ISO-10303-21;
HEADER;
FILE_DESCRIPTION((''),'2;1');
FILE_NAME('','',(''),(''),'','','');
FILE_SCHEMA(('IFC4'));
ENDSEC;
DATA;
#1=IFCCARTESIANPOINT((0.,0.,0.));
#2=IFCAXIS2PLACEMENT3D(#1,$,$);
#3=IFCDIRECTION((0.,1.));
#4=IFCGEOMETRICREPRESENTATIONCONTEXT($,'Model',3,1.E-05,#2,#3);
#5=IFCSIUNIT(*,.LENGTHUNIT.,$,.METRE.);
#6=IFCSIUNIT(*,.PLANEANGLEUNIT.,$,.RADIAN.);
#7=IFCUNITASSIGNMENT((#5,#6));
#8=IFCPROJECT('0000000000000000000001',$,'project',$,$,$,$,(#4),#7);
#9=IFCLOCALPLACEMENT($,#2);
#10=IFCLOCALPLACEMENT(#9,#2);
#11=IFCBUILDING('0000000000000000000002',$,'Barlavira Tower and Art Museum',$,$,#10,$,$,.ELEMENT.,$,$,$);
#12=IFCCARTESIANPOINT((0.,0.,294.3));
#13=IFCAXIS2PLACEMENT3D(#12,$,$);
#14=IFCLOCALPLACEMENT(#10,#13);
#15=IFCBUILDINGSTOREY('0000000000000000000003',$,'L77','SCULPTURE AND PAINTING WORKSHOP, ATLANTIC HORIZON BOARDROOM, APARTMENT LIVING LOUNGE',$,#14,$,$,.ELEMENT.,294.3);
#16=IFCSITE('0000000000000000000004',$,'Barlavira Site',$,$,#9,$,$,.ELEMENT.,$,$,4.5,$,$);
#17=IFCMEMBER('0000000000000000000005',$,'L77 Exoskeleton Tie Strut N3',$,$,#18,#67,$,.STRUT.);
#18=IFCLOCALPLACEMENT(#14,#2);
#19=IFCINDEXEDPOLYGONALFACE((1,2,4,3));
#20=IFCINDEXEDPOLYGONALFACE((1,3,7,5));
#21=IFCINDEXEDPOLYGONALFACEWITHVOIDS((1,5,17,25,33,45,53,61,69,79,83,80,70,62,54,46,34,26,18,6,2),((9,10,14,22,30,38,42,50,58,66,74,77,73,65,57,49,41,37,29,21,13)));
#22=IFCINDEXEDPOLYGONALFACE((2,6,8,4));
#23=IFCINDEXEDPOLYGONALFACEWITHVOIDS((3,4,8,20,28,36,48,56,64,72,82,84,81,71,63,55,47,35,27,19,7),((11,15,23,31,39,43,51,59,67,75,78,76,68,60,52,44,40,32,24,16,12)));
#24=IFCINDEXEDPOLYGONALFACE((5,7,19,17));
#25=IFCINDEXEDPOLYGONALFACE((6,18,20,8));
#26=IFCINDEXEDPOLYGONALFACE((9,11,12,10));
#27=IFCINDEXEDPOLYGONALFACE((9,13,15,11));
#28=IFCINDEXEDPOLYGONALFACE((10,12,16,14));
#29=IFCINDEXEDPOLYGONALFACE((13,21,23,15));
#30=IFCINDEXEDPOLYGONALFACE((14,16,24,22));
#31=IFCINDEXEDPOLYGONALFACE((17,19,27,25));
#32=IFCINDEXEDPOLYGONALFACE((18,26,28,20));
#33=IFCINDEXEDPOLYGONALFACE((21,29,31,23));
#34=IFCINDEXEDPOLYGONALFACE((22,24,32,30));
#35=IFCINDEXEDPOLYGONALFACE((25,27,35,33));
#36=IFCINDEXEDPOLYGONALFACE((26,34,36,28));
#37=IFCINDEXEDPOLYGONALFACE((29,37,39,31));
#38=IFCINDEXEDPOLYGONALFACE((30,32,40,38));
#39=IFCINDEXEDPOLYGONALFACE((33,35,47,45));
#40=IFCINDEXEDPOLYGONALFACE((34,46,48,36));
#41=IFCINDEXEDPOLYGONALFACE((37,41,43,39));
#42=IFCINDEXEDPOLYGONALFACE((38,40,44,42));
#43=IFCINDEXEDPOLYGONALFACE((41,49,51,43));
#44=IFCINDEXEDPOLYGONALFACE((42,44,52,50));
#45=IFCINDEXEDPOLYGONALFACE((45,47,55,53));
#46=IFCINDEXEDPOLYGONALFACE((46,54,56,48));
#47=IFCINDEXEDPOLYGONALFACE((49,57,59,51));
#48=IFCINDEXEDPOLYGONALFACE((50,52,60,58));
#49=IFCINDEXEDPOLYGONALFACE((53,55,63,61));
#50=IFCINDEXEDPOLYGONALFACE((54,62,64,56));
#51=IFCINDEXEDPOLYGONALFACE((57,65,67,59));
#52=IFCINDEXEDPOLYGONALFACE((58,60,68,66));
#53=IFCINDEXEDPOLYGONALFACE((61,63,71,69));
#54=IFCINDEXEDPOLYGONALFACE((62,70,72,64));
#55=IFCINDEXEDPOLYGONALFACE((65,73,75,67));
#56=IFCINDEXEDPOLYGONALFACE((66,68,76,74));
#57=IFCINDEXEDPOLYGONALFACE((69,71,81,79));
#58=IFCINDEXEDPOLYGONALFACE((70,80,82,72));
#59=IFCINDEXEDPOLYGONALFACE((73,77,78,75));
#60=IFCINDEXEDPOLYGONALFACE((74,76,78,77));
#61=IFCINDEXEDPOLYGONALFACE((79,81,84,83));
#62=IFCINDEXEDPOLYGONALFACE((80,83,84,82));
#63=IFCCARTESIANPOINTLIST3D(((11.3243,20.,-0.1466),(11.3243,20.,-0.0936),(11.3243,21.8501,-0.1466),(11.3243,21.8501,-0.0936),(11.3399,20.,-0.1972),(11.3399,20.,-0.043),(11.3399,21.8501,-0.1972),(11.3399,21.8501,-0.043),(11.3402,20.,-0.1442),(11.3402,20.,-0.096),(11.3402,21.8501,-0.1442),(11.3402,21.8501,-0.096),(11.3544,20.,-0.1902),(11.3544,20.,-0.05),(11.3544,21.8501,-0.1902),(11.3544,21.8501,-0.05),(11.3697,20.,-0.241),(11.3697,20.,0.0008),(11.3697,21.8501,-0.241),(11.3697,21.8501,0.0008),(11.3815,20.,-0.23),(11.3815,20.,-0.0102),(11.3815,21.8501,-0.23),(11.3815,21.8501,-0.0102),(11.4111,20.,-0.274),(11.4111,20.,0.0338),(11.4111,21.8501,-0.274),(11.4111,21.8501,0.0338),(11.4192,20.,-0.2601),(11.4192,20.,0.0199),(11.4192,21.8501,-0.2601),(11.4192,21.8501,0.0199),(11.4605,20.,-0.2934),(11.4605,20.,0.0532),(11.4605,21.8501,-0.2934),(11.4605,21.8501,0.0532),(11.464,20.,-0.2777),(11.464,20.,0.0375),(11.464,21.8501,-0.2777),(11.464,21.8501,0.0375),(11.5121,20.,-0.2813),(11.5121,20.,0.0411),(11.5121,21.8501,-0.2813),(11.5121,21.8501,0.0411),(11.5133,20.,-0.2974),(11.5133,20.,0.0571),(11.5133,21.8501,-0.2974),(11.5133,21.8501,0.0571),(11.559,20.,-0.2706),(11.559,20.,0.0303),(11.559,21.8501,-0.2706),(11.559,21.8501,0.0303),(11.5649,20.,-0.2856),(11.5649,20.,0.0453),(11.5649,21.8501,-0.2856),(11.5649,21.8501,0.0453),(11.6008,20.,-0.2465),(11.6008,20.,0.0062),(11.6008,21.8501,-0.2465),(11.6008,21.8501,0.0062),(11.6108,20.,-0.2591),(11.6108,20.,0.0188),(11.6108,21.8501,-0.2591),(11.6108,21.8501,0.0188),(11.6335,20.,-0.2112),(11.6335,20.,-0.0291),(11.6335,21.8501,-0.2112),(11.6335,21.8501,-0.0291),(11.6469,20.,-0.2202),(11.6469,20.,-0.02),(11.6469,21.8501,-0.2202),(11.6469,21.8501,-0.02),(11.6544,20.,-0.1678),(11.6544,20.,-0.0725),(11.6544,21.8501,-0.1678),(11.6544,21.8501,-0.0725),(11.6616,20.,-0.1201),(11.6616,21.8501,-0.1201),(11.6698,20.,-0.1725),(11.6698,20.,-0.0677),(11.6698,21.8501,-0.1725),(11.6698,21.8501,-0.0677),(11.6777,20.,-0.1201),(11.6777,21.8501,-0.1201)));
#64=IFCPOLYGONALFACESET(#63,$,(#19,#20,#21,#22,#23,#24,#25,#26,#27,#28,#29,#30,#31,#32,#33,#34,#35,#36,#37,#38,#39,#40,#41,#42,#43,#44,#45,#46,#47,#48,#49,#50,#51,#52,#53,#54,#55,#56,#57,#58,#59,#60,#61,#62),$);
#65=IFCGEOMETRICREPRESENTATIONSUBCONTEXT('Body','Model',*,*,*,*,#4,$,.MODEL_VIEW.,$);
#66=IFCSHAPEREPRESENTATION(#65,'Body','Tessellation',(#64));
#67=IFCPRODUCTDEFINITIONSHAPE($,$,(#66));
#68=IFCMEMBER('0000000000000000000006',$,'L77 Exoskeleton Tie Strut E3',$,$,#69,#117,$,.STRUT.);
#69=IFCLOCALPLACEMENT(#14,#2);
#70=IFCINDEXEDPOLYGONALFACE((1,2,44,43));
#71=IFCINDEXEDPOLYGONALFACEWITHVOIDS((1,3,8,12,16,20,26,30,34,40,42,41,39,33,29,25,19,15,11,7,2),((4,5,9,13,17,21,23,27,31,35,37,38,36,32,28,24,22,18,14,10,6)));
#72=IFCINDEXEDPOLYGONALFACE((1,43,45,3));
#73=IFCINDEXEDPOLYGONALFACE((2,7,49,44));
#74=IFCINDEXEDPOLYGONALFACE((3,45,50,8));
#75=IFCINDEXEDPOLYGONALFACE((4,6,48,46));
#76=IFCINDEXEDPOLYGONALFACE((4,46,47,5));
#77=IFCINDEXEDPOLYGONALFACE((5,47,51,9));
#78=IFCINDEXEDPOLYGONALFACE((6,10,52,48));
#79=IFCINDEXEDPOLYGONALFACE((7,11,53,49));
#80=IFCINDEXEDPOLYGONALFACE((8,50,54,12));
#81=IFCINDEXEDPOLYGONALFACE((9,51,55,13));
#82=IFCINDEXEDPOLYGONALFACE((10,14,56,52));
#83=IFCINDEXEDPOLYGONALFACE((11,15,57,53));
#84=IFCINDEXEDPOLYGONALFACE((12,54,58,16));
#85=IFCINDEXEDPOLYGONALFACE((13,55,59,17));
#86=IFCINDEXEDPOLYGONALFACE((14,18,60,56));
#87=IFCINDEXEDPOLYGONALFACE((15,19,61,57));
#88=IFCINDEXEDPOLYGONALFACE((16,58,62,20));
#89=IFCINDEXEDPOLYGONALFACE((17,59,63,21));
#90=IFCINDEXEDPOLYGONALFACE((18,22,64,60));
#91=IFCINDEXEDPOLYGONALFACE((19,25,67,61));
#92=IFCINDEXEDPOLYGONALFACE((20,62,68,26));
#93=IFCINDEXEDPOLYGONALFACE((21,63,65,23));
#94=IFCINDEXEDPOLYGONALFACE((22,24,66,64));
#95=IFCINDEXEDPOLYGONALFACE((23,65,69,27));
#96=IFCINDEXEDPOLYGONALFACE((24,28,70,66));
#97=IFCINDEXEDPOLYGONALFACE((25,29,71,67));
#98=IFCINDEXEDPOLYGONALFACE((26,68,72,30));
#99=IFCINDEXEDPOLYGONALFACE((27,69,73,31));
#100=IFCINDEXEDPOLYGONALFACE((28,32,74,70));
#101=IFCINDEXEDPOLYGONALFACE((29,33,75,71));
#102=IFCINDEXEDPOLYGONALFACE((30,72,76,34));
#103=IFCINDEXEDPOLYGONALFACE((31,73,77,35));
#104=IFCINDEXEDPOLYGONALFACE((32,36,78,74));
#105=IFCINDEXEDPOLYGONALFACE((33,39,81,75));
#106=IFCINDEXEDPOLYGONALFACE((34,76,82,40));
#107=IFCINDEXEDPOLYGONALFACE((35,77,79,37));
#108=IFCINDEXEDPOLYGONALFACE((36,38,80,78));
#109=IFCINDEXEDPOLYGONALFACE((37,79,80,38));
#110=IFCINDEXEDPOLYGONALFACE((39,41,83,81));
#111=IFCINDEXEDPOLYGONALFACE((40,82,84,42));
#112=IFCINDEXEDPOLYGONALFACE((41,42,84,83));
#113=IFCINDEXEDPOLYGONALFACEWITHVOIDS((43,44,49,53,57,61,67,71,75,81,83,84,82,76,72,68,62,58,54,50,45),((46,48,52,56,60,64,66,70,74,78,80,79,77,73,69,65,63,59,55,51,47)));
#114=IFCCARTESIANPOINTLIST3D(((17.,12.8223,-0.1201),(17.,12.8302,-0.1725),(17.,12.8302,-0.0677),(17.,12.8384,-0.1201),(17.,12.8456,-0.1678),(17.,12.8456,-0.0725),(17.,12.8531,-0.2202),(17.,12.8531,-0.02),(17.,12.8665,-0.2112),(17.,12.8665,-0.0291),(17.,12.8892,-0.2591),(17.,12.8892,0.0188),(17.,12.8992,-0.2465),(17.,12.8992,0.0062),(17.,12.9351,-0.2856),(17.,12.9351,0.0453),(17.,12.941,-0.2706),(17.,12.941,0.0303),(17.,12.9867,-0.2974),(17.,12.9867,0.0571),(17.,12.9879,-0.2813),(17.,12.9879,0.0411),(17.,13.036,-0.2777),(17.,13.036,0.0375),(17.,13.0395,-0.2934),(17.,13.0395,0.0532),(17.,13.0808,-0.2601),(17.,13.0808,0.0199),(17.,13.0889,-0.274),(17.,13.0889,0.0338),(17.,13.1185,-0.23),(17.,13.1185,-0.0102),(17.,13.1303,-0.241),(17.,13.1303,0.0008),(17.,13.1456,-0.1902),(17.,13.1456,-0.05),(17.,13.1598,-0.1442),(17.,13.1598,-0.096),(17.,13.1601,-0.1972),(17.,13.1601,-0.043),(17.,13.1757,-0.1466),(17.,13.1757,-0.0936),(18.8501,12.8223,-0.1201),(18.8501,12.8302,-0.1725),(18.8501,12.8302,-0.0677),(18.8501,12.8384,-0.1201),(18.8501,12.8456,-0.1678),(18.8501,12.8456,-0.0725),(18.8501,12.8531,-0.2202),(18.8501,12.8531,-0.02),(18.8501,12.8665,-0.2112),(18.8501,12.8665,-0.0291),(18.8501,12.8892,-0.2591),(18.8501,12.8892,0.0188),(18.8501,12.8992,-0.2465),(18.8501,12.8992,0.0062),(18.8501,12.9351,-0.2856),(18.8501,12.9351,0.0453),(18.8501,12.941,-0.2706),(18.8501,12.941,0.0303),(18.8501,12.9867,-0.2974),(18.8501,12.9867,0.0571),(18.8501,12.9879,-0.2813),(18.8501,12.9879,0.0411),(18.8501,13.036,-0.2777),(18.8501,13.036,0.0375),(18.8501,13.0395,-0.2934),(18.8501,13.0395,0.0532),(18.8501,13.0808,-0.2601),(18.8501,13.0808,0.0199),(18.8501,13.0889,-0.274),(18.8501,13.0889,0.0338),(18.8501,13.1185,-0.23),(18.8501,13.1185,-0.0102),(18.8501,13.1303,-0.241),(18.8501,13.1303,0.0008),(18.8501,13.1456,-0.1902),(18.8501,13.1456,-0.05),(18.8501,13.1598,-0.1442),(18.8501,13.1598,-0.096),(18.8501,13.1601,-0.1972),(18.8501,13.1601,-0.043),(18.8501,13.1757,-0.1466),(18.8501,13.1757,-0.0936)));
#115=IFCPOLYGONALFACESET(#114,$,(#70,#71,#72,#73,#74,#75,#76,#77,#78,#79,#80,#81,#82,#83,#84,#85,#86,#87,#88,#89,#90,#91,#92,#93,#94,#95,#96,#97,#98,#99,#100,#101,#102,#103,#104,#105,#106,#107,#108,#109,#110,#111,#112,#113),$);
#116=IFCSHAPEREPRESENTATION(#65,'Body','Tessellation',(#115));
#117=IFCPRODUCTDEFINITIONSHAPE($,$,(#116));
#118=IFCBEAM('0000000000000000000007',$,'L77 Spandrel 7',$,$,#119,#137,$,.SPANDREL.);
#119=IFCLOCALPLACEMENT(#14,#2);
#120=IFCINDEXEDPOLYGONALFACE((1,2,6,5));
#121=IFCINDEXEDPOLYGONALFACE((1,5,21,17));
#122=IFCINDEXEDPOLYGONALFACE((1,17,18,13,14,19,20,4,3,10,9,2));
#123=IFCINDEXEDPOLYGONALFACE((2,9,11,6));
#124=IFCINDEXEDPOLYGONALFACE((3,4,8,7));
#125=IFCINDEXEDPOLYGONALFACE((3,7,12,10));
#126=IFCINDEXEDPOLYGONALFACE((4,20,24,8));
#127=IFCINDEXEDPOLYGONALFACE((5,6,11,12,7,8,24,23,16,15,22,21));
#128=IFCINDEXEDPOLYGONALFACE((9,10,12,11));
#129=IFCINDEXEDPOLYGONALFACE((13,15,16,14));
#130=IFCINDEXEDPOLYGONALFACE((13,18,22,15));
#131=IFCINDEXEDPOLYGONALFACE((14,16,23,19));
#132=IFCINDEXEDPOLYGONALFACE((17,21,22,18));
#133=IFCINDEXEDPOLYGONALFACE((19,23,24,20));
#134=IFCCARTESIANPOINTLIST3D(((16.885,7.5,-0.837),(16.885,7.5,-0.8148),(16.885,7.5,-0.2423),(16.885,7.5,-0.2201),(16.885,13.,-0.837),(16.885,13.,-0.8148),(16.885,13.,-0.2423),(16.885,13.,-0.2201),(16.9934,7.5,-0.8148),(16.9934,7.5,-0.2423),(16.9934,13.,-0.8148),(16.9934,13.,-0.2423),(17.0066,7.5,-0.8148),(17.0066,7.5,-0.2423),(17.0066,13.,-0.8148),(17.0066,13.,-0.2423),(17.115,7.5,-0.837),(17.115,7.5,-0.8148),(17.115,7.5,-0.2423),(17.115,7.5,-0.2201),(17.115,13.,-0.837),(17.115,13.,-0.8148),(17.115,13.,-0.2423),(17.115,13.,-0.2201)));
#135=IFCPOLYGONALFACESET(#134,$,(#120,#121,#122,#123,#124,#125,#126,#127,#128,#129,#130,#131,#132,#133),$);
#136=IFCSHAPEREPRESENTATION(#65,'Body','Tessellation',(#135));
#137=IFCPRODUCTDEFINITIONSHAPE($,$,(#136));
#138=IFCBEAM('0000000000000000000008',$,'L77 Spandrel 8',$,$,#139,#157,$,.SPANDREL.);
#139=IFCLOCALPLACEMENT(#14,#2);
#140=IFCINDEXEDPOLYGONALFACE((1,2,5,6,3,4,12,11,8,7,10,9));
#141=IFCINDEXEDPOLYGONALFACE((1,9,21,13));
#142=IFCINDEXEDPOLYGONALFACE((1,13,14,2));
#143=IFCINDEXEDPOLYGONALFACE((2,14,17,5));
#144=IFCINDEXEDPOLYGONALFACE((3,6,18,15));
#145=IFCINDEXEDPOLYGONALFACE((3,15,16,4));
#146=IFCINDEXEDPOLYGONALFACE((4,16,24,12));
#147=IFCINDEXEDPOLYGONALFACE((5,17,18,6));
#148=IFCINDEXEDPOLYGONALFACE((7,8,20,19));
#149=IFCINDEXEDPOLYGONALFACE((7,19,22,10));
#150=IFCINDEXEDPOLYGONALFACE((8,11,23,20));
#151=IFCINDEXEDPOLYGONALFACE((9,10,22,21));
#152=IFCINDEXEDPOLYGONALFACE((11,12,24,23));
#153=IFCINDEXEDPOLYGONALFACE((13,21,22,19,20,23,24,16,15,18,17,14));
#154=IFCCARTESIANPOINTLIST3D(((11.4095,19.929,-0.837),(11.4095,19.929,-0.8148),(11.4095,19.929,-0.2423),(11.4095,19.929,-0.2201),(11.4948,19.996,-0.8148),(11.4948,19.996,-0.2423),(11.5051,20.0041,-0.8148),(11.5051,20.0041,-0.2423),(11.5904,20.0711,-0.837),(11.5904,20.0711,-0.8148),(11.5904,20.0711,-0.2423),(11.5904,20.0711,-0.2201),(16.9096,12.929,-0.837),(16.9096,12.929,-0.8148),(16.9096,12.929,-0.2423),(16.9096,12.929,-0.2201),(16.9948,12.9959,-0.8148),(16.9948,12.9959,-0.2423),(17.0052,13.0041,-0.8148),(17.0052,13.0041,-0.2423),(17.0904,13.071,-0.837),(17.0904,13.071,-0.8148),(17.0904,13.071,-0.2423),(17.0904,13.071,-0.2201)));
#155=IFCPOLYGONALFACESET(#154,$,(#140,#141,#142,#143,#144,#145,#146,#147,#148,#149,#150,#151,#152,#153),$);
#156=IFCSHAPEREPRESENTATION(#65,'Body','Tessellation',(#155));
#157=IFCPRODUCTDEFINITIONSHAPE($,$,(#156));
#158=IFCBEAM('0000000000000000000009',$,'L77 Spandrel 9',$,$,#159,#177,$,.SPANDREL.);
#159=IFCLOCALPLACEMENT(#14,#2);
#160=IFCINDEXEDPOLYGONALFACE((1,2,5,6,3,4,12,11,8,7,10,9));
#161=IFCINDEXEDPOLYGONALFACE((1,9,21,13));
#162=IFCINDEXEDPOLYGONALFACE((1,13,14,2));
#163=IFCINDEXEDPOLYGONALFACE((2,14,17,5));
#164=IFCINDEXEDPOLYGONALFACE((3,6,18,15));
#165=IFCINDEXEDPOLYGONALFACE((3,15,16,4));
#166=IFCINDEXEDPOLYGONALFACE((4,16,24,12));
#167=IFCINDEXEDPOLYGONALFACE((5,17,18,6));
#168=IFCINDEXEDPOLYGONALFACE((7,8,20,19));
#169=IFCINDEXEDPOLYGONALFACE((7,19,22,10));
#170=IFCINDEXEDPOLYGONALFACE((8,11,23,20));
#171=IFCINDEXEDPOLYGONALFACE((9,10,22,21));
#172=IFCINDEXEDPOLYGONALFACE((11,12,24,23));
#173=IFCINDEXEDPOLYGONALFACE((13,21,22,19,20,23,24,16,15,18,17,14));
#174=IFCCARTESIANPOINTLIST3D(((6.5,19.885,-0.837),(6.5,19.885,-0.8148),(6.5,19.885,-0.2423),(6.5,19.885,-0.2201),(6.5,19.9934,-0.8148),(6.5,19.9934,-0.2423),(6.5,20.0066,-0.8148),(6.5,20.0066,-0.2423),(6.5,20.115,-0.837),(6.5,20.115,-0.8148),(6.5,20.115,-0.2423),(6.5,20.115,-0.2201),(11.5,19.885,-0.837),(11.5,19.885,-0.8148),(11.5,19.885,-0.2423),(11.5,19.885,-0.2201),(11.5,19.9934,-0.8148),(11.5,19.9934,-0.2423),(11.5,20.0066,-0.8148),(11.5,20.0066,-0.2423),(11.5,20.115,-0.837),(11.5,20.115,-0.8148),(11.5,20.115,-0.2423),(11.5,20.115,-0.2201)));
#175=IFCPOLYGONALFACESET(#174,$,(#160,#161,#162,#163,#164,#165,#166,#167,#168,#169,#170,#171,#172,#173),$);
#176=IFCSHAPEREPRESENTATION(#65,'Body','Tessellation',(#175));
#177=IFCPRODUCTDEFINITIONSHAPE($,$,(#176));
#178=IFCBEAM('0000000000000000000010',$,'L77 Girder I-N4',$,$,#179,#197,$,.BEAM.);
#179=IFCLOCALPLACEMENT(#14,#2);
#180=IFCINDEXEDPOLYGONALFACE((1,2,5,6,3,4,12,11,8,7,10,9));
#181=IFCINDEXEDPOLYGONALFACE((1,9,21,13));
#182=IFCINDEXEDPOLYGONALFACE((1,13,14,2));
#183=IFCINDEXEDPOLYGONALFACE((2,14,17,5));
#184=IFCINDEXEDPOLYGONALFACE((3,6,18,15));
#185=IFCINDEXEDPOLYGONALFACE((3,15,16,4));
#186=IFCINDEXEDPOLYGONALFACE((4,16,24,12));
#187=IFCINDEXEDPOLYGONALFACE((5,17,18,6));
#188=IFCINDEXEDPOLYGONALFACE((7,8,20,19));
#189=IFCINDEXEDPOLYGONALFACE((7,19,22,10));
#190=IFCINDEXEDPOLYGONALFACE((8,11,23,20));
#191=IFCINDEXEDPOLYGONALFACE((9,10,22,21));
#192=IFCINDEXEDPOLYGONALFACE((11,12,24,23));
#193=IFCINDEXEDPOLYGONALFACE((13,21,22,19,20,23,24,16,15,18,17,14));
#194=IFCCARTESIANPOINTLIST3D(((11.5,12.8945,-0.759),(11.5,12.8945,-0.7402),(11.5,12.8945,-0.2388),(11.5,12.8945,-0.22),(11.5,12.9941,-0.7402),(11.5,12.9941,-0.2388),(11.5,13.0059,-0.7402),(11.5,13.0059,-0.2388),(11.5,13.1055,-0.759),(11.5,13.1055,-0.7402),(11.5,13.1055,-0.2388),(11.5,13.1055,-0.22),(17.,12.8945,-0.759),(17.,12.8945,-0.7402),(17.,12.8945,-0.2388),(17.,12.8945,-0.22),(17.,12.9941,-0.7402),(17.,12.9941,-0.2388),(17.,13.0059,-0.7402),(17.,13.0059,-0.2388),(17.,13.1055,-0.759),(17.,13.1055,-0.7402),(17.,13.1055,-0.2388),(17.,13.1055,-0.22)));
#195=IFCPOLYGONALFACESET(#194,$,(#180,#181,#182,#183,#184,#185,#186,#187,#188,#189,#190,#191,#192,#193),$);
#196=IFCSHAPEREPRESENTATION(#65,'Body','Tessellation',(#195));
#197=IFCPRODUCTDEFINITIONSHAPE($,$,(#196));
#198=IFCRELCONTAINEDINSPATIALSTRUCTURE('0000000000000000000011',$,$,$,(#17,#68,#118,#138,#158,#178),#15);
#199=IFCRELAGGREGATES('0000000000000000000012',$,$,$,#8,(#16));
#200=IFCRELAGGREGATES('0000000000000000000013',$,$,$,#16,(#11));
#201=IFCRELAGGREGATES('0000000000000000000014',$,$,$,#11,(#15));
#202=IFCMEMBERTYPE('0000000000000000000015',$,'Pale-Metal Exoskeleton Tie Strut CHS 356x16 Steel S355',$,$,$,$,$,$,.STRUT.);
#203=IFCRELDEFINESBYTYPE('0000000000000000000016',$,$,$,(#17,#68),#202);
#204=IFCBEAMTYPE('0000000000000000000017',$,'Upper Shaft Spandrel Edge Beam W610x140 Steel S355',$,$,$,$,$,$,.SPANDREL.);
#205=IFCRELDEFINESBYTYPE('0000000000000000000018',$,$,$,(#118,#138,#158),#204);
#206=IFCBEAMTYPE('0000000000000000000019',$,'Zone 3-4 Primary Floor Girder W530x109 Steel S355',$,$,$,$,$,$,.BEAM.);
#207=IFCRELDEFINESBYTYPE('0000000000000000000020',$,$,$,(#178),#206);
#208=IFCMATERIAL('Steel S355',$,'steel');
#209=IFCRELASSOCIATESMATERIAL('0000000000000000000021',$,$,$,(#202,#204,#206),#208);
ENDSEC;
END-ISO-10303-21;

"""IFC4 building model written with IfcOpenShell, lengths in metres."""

from ifc_helpers import new_model, si_unit, direction, frame, origin, origin_2d, place, context, subcontext, project, spatial, hollow_circle, i_section, extrude, material, material_profile, profile_set, type_object, element, save


model = new_model("IFC4")

# Units and contexts
model_context = context("Model", 3, precision=1e-05, world=origin(), true_north=direction((0.0, 1.0)))
body_context = subcontext(model_context, "Body", "Model", "MODEL_VIEW")
ifc_project = project(units=[si_unit("LENGTHUNIT", "METRE"), si_unit("PLANEANGLEUNIT", "RADIAN")], contexts=[model_context])

# Site, building, storey
site_placement = place(None, origin())
site = spatial("IfcSite", under=ifc_project, at=site_placement, Name="Barlavira Site", CompositionType="ELEMENT", RefElevation=4.5)
building_placement = place(site_placement, origin())
building = spatial("IfcBuilding", under=site, at=building_placement, Name="Barlavira Tower and Art Museum", CompositionType="ELEMENT")
storey_placement = place(building_placement, frame((0.0, 0.0, 294.3)))
storey = spatial("IfcBuildingStorey", under=building, at=storey_placement, Name="L77", Description="SCULPTURE AND PAINTING WORKSHOP, ATLANTIC HORIZON BOARDROOM, APARTMENT LIVING LOUNGE", CompositionType="ELEMENT", Elevation=294.3)

# Members
ifc_material_1 = material(Name="Steel S355", Category="steel")
ifc_material_profile_1 = material_profile(ifc_material_1, hollow_circle(Radius=0.1777, WallThickness=0.0161, at=origin_2d()), Name="CHS 355.6x16.0")
ifc_profile_set_1 = profile_set([ifc_material_profile_1], Name="Steel S355")
member_type_1 = type_object("IfcMemberType", Name="Pale-Metal Exoskeleton Tie Strut CHS 356x16 Steel S355", PredefinedType="STRUT", material=ifc_profile_set_1)
for number, where, z_axis, x_axis, name in (
    (1, (11.5, 21.8501, -0.1201), (0.0, -1.0, 0.0), (1.0, 0.0, 0.0), "L77 Exoskeleton Tie Strut N3"),
    (2, (18.8501, 13.0, -0.1201), (-1.0, 0.0, 0.0), (0.0, -1.0, 0.0), "L77 Exoskeleton Tie Strut E3"),
):
    element("IfcMember", number, at=place(storey_placement, frame(where, z_axis=z_axis, x_axis=x_axis)), inside=storey, type_object=member_type_1, Name=name, PredefinedType="STRUT", context=body_context, shape_type="SweptSolid", body=[
        extrude(hollow_circle(Radius=0.1777, WallThickness=0.0161, at=origin_2d()), origin(), (0.0, 0.0, 1.0), 1.8501),
    ])

# Beams
ifc_material_profile_2 = material_profile(ifc_material_1, i_section(OverallWidth=0.23, OverallDepth=0.6169, WebThickness=0.0132, FlangeThickness=0.0222, at=origin_2d()), Name="W610x140.0")
ifc_profile_set_2 = profile_set([ifc_material_profile_2], Name="Steel S355")
beam_type_1 = type_object("IfcBeamType", Name="Upper Shaft Spandrel Edge Beam W610x140 Steel S355", PredefinedType="SPANDREL", material=ifc_profile_set_2)
beam_1_placement = place(storey_placement, frame((17.0, 7.5, -0.5286), z_axis=(0.0, 1.0, 0.0), x_axis=(-1.0, 0.0, 0.0)))
element("IfcBeam", 3, at=beam_1_placement, inside=storey, type_object=beam_type_1, Name="L77 Spandrel 7", PredefinedType="SPANDREL", context=body_context, shape_type="SweptSolid", body=[
    extrude(i_section(OverallWidth=0.23, OverallDepth=0.6169, WebThickness=0.0132, FlangeThickness=0.0222, at=origin_2d()), origin(), (0.0, 0.0, 1.0), 5.5),
])
beam_2_placement = place(storey_placement, frame((17.0, 13.0, -0.5286), z_axis=(-0.617822, 0.786318, 0.0), x_axis=(-0.786318, -0.617822, 0.0)))
element("IfcBeam", 4, at=beam_2_placement, inside=storey, type_object=beam_type_1, Name="L77 Spandrel 8", PredefinedType="SPANDREL", context=body_context, shape_type="SweptSolid", body=[
    extrude(i_section(OverallWidth=0.23, OverallDepth=0.6169, WebThickness=0.0132, FlangeThickness=0.0222, at=origin_2d()), origin(), (0.0, 0.0, 1.0), 8.9023),
])
beam_3_placement = place(storey_placement, frame((6.5, 20.0, -0.5286), z_axis=(1.0, 0.0, 0.0), x_axis=(0.0, 1.0, 0.0)))
element("IfcBeam", 5, at=beam_3_placement, inside=storey, type_object=beam_type_1, Name="L77 Spandrel 9", PredefinedType="SPANDREL", context=body_context, shape_type="SweptSolid", body=[
    extrude(i_section(OverallWidth=0.23, OverallDepth=0.6169, WebThickness=0.0132, FlangeThickness=0.0222, at=origin_2d()), origin(), (0.0, 0.0, 1.0), 5.0),
])
ifc_material_profile_3 = material_profile(ifc_material_1, i_section(OverallWidth=0.2109, OverallDepth=0.5391, WebThickness=0.0117, FlangeThickness=0.0188, at=origin_2d()), Name="W530x109.0")
ifc_profile_set_3 = profile_set([ifc_material_profile_3], Name="Steel S355")
beam_type_2 = type_object("IfcBeamType", Name="Zone 3-4 Primary Floor Girder W530x109 Steel S355", PredefinedType="BEAM", material=ifc_profile_set_3)
beam_4_placement = place(storey_placement, frame((11.5, 13.0, -0.4895), z_axis=(1.0, 0.0, 0.0), x_axis=(0.0, 1.0, 0.0)))
element("IfcBeam", 6, at=beam_4_placement, inside=storey, type_object=beam_type_2, Name="L77 Girder I-N4", PredefinedType="BEAM", context=body_context, shape_type="SweptSolid", body=[
    extrude(i_section(OverallWidth=0.2109, OverallDepth=0.5391, WebThickness=0.0117, FlangeThickness=0.0188, at=origin_2d()), origin(), (0.0, 0.0, 1.0), 5.5),
])

save(model, "model.ifc")
